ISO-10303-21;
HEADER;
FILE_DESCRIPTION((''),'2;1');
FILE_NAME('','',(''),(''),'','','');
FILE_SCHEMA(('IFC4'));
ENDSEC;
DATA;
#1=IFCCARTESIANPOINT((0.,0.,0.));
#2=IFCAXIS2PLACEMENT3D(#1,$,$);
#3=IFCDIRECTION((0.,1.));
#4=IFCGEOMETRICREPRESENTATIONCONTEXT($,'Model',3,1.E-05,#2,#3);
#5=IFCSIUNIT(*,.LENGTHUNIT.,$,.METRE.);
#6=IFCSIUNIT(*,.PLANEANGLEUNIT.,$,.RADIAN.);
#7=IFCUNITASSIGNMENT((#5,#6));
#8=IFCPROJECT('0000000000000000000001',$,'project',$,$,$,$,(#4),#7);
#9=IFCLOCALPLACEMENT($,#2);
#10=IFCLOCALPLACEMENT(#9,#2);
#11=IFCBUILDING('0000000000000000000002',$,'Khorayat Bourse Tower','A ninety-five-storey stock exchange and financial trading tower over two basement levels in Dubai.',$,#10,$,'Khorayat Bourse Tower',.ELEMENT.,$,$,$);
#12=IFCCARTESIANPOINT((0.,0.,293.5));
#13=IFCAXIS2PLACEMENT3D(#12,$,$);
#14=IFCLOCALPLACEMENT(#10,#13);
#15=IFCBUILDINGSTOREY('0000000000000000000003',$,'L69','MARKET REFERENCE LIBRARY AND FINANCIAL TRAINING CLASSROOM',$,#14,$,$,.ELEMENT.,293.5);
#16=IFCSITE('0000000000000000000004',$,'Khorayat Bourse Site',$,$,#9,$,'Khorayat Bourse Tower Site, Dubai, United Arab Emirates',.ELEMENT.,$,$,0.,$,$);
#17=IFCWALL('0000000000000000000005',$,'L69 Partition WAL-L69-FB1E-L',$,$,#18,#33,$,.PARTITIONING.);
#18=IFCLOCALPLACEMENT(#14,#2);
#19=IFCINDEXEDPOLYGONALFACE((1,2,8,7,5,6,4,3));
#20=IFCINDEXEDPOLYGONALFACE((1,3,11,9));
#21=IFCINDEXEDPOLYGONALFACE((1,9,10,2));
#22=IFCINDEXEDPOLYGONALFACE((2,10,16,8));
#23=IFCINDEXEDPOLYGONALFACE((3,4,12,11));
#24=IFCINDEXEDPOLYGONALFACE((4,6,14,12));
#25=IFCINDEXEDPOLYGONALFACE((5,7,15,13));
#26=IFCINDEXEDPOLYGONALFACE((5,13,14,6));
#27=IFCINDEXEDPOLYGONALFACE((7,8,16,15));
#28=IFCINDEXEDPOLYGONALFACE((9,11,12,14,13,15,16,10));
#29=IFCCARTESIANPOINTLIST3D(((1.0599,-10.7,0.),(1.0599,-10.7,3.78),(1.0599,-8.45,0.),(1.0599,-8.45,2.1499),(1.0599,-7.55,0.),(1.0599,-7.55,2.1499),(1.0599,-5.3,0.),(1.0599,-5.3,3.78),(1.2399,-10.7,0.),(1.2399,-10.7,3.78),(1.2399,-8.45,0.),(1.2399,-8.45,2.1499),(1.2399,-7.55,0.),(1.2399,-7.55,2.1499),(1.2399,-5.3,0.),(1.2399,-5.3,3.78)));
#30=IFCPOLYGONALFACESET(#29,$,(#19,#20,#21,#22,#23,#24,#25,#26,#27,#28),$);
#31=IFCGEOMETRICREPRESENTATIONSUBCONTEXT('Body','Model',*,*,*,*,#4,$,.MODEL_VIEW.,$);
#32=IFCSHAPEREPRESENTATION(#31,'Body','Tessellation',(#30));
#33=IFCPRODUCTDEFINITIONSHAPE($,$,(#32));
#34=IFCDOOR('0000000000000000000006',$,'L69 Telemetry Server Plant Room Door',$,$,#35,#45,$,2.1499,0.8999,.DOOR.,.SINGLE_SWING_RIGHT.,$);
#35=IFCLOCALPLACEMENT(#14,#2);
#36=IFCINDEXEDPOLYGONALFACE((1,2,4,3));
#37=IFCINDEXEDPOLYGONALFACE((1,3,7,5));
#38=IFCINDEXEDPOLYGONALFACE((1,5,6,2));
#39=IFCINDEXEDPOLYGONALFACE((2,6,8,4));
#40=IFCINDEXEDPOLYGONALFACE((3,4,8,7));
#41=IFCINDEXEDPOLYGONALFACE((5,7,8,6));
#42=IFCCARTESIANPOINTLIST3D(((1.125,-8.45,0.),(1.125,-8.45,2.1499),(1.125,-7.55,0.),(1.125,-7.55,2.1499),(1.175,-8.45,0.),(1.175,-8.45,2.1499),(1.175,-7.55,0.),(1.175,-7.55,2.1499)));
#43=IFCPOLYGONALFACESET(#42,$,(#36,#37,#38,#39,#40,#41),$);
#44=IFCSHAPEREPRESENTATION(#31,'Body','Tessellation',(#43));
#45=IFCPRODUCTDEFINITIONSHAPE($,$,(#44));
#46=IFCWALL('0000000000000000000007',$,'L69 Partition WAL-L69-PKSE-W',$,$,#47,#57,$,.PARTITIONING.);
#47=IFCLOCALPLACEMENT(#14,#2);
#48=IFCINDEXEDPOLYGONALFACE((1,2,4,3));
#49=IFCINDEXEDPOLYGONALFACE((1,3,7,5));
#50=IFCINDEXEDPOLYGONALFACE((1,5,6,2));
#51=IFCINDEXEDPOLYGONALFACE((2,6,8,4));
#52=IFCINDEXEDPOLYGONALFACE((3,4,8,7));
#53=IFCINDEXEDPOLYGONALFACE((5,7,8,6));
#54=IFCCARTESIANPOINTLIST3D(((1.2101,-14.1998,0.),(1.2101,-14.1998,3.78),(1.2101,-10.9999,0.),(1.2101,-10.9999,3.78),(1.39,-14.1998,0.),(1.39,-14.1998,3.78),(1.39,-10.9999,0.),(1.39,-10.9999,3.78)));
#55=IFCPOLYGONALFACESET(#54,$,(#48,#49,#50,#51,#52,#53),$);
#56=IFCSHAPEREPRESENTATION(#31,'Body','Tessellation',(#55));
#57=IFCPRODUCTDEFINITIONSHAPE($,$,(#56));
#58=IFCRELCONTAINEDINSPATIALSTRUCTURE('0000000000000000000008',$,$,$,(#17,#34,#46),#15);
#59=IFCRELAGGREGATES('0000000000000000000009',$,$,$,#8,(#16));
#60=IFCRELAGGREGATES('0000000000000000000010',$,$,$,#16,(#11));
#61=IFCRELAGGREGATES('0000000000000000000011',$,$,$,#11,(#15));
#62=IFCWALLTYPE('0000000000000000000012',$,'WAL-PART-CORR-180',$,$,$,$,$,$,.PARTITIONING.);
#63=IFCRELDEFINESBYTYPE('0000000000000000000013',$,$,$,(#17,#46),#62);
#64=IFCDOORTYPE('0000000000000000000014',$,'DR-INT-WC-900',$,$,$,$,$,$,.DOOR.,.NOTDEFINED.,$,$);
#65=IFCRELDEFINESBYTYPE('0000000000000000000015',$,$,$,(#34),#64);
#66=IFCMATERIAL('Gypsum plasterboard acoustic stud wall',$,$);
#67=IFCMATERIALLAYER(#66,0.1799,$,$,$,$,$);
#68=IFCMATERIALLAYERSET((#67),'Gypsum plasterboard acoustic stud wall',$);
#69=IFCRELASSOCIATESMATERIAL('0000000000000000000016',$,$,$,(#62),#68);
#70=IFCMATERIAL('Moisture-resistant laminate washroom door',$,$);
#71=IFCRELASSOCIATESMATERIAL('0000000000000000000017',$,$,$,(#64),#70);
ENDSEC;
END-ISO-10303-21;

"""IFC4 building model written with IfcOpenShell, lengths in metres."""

from ifc_helpers import new_model, si_unit, direction, frame, frame_2d, origin, place, context, subcontext, project, spatial, rectangle, extrude, source, transform, mapped, material, layer, layer_set, type_object, element, fill, save


model = new_model("IFC4")

# Units and contexts
model_context = context("Model", 3, precision=1e-05, world=origin(), true_north=direction((0.0, 1.0)))
body_context = subcontext(model_context, "Body", "Model", "MODEL_VIEW")
ifc_project = project(units=[si_unit("LENGTHUNIT", "METRE"), si_unit("PLANEANGLEUNIT", "RADIAN")], contexts=[model_context])

# Site, building, storey
site_placement = place(None, origin())
site = spatial("IfcSite", under=ifc_project, at=site_placement, Name="Khorayat Bourse Site", LongName="Khorayat Bourse Tower Site, Dubai, United Arab Emirates", CompositionType="ELEMENT", RefElevation=0.0)
building_placement = place(site_placement, origin())
building = spatial("IfcBuilding", under=site, at=building_placement, Name="Khorayat Bourse Tower", Description="A ninety-five-storey stock exchange and financial trading tower over two basement levels in Dubai.", LongName="Khorayat Bourse Tower", CompositionType="ELEMENT")
storey_placement = place(building_placement, frame((0.0, 0.0, 293.5)))
storey = spatial("IfcBuildingStorey", under=building, at=storey_placement, Name="L69", Description="MARKET REFERENCE LIBRARY AND FINANCIAL TRAINING CLASSROOM", CompositionType="ELEMENT", Elevation=293.5)

# Shared definitions
ifc_material_1 = material(Name="Gypsum plasterboard acoustic stud wall")
ifc_layer_1 = layer(ifc_material_1, 0.1799)
ifc_layer_set_1 = layer_set([ifc_layer_1], Name="Gypsum plasterboard acoustic stud wall")
wall_type_1 = type_object("IfcWallType", Name="WAL-PART-CORR-180", PredefinedType="PARTITIONING", material=ifc_layer_set_1)
shared_shape_1 = source(origin(), body_context, "Body", "SweptSolid", [
    extrude(rectangle(XDim=5.3999, YDim=0.1799, at=frame_2d((2.7, 0.0))), origin(), (0.0, 0.0, 1.0), 3.78),
])
shared_shape_2 = source(origin(), body_context, "Body", "SweptSolid", [
    extrude(rectangle(XDim=0.8999, YDim=2.1499, at=frame_2d((0.45, 1.075))), frame((0.0, 0.0999, 0.0), z_axis=(0.0, -1.0, 0.0), x_axis=(1.0, 0.0, 0.0)), (0.0, 0.0, 1.0), 0.2),
])
ifc_material_2 = material(Name="Moisture-resistant laminate washroom door")
door_type = type_object("IfcDoorType", Name="DR-INT-WC-900", OperationType="NOTDEFINED", PredefinedType="DOOR", material=ifc_material_2)
shared_shape_3 = source(origin(), body_context, "Body", "SweptSolid", [
    extrude(rectangle(XDim=0.8999, YDim=2.1499, at=frame_2d((0.45, 1.075))), frame((0.0, 0.0249, 0.0), z_axis=(0.0, -1.0, 0.0), x_axis=(1.0, 0.0, 0.0)), (0.0, 0.0, 1.0), 0.05),
])

# Wall, opening, door
wall_1_placement = place(storey_placement, frame((1.1499, -10.7, 0.0), z_axis=(0.0, 0.0, 1.0), x_axis=(0.0, 1.0, 0.0)))
wall_1 = element("IfcWall", 1, at=wall_1_placement, inside=storey, type_object=wall_type_1, Name="L69 Partition WAL-L69-FB1E-L", PredefinedType="PARTITIONING", context=body_context, shape_type="MappedRepresentation", body=[
    mapped(shared_shape_1, transform((0.0, 0.0, 0.0), scale=1.0)),
])
opening_1_placement = place(wall_1_placement, frame((2.25, 0.0, 0.0)))
opening_1 = element("IfcOpeningElement", 2, at=opening_1_placement, cuts=wall_1, PredefinedType="OPENING", context=body_context, shape_type="MappedRepresentation", body=[
    mapped(shared_shape_2, transform((0.0, 0.0, 0.0), scale=1.0)),
])
door_1_placement = place(opening_1_placement, origin())
door_1 = element("IfcDoor", 3, at=door_1_placement, inside=storey, type_object=door_type, Name="L69 Telemetry Server Plant Room Door", OperationType="SINGLE_SWING_RIGHT", OverallHeight=2.1499, OverallWidth=0.8999, PredefinedType="DOOR", context=body_context, shape_type="MappedRepresentation", body=[
    mapped(shared_shape_3, transform((0.0, 0.0, 0.0), scale=1.0)),
])
fill(opening_1, door_1)

# Wall
shared_shape_4 = source(origin(), body_context, "Body", "SweptSolid", [
    extrude(rectangle(XDim=3.2, YDim=0.1799, at=frame_2d((1.6001, 0.0))), origin(), (0.0, 0.0, 1.0), 3.78),
])
wall_2_placement = place(storey_placement, frame((1.3, -14.2, 0.0), z_axis=(0.0, 0.0, 1.0), x_axis=(0.0, 1.0, 0.0)))
element("IfcWall", 4, at=wall_2_placement, inside=storey, type_object=wall_type_1, Name="L69 Partition WAL-L69-PKSE-W", PredefinedType="PARTITIONING", context=body_context, shape_type="MappedRepresentation", body=[
    mapped(shared_shape_4, transform((0.0, 0.0, 0.0), scale=1.0)),
])

save(model, "model.ifc")
